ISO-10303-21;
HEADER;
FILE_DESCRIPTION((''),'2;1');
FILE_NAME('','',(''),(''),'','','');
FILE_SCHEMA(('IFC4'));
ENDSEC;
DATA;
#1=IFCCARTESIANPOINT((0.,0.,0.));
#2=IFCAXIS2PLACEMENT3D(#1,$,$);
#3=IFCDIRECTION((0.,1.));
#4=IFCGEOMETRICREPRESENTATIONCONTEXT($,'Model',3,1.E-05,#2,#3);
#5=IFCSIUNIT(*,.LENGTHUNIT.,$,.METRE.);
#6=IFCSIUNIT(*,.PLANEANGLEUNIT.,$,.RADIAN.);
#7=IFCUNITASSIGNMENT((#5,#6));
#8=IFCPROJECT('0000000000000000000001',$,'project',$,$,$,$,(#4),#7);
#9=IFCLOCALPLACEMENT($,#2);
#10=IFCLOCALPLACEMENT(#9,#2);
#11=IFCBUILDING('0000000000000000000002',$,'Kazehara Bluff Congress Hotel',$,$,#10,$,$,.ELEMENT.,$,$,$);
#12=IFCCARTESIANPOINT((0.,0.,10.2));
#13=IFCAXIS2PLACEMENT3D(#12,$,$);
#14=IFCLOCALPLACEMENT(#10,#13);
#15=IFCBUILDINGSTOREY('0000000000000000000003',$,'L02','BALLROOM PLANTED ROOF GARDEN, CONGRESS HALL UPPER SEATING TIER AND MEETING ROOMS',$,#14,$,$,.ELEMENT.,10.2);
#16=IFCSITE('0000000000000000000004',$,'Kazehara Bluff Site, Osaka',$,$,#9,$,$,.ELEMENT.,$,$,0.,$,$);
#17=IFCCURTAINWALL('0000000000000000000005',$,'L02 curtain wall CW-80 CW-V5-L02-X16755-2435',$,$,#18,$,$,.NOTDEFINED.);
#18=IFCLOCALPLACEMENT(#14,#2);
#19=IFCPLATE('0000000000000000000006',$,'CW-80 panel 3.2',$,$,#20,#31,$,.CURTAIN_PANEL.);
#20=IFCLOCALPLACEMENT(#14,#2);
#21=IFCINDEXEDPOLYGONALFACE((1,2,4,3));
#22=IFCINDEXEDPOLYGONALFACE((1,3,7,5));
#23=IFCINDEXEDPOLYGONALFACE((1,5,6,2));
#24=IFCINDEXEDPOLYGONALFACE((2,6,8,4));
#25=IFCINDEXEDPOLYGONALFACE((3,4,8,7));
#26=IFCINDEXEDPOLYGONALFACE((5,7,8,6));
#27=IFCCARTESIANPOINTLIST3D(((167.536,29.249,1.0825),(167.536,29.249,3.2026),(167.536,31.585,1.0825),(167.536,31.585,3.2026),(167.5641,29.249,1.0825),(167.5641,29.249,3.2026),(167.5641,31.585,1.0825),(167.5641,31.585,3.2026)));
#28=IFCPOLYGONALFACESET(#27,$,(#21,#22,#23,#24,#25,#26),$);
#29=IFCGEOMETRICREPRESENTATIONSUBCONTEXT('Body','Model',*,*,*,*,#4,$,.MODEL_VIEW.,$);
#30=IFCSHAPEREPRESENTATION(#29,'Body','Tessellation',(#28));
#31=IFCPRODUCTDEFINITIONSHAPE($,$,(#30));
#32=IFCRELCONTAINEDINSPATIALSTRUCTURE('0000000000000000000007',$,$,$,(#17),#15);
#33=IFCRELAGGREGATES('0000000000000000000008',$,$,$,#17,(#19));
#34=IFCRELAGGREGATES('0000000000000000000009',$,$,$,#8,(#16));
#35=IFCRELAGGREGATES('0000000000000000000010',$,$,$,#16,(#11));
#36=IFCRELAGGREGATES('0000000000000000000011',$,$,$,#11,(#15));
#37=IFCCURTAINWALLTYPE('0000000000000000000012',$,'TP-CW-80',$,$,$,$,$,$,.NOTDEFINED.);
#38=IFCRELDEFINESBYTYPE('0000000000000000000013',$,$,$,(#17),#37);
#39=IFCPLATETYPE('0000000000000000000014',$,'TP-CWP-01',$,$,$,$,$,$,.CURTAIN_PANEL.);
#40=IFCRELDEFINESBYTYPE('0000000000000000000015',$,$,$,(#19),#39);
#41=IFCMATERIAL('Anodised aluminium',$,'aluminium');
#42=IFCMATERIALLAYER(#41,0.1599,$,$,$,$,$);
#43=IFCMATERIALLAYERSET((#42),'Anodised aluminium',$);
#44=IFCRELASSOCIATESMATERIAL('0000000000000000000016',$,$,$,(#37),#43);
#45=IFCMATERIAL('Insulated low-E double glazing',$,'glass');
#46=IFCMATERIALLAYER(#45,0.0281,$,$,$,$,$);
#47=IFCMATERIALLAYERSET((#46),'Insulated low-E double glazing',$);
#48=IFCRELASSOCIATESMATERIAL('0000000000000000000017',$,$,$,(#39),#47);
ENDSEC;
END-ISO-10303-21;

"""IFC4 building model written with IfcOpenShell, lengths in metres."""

from ifc_helpers import new_model, si_unit, direction, frame, origin, origin_2d, place, context, subcontext, project, spatial, rectangle, extrude, material, layer, layer_set, type_object, element, aggregate, save


model = new_model("IFC4")

# Units and contexts
model_context = context("Model", 3, precision=1e-05, world=origin(), true_north=direction((0.0, 1.0)))
body_context = subcontext(model_context, "Body", "Model", "MODEL_VIEW")
ifc_project = project(units=[si_unit("LENGTHUNIT", "METRE"), si_unit("PLANEANGLEUNIT", "RADIAN")], contexts=[model_context])

# Site, building, storey
site_placement = place(None, origin())
site = spatial("IfcSite", under=ifc_project, at=site_placement, Name="Kazehara Bluff Site, Osaka", CompositionType="ELEMENT", RefElevation=0.0)
building_placement = place(site_placement, origin())
building = spatial("IfcBuilding", under=site, at=building_placement, Name="Kazehara Bluff Congress Hotel", CompositionType="ELEMENT")
storey_placement = place(building_placement, frame((0.0, 0.0, 10.2)))
storey = spatial("IfcBuildingStorey", under=building, at=storey_placement, Name="L02", Description="BALLROOM PLANTED ROOF GARDEN, CONGRESS HALL UPPER SEATING TIER AND MEETING ROOMS", CompositionType="ELEMENT", Elevation=10.2)

# Curtain wall
ifc_material_1 = material(Name="Anodised aluminium", Category="aluminium")
ifc_layer_1 = layer(ifc_material_1, 0.1599)
ifc_layer_set_1 = layer_set([ifc_layer_1], Name="Anodised aluminium")
curtain_wall_type = type_object("IfcCurtainWallType", Name="TP-CW-80", PredefinedType="NOTDEFINED", material=ifc_layer_set_1)
curtain_wall_placement = place(storey_placement, origin())
curtain_wall = element("IfcCurtainWall", 1, at=curtain_wall_placement, inside=storey, type_object=curtain_wall_type, Name="L02 curtain wall CW-80 CW-V5-L02-X16755-2435", PredefinedType="NOTDEFINED")

# Plate
ifc_material_2 = material(Name="Insulated low-E double glazing", Category="glass")
ifc_layer_2 = layer(ifc_material_2, 0.0281)
ifc_layer_set_2 = layer_set([ifc_layer_2], Name="Insulated low-E double glazing")
plate_type = type_object("IfcPlateType", Name="TP-CWP-01", PredefinedType="CURTAIN_PANEL", material=ifc_layer_set_2)
plate_1_placement = place(storey_placement, frame((167.55, 30.417, 1.0825), z_axis=(0.0, 0.0, 1.0), x_axis=(0.0, 1.0, 0.0)))
plate_1 = element("IfcPlate", 2, at=plate_1_placement, type_object=plate_type, Name="CW-80 panel 3.2", PredefinedType="CURTAIN_PANEL", context=body_context, shape_type="SweptSolid", body=[
    extrude(rectangle(XDim=2.3359, YDim=0.0281, at=origin_2d()), origin(), (0.0, 0.0, 1.0), 2.1201),
])
aggregate(curtain_wall, [plate_1])

save(model, "model.ifc")
